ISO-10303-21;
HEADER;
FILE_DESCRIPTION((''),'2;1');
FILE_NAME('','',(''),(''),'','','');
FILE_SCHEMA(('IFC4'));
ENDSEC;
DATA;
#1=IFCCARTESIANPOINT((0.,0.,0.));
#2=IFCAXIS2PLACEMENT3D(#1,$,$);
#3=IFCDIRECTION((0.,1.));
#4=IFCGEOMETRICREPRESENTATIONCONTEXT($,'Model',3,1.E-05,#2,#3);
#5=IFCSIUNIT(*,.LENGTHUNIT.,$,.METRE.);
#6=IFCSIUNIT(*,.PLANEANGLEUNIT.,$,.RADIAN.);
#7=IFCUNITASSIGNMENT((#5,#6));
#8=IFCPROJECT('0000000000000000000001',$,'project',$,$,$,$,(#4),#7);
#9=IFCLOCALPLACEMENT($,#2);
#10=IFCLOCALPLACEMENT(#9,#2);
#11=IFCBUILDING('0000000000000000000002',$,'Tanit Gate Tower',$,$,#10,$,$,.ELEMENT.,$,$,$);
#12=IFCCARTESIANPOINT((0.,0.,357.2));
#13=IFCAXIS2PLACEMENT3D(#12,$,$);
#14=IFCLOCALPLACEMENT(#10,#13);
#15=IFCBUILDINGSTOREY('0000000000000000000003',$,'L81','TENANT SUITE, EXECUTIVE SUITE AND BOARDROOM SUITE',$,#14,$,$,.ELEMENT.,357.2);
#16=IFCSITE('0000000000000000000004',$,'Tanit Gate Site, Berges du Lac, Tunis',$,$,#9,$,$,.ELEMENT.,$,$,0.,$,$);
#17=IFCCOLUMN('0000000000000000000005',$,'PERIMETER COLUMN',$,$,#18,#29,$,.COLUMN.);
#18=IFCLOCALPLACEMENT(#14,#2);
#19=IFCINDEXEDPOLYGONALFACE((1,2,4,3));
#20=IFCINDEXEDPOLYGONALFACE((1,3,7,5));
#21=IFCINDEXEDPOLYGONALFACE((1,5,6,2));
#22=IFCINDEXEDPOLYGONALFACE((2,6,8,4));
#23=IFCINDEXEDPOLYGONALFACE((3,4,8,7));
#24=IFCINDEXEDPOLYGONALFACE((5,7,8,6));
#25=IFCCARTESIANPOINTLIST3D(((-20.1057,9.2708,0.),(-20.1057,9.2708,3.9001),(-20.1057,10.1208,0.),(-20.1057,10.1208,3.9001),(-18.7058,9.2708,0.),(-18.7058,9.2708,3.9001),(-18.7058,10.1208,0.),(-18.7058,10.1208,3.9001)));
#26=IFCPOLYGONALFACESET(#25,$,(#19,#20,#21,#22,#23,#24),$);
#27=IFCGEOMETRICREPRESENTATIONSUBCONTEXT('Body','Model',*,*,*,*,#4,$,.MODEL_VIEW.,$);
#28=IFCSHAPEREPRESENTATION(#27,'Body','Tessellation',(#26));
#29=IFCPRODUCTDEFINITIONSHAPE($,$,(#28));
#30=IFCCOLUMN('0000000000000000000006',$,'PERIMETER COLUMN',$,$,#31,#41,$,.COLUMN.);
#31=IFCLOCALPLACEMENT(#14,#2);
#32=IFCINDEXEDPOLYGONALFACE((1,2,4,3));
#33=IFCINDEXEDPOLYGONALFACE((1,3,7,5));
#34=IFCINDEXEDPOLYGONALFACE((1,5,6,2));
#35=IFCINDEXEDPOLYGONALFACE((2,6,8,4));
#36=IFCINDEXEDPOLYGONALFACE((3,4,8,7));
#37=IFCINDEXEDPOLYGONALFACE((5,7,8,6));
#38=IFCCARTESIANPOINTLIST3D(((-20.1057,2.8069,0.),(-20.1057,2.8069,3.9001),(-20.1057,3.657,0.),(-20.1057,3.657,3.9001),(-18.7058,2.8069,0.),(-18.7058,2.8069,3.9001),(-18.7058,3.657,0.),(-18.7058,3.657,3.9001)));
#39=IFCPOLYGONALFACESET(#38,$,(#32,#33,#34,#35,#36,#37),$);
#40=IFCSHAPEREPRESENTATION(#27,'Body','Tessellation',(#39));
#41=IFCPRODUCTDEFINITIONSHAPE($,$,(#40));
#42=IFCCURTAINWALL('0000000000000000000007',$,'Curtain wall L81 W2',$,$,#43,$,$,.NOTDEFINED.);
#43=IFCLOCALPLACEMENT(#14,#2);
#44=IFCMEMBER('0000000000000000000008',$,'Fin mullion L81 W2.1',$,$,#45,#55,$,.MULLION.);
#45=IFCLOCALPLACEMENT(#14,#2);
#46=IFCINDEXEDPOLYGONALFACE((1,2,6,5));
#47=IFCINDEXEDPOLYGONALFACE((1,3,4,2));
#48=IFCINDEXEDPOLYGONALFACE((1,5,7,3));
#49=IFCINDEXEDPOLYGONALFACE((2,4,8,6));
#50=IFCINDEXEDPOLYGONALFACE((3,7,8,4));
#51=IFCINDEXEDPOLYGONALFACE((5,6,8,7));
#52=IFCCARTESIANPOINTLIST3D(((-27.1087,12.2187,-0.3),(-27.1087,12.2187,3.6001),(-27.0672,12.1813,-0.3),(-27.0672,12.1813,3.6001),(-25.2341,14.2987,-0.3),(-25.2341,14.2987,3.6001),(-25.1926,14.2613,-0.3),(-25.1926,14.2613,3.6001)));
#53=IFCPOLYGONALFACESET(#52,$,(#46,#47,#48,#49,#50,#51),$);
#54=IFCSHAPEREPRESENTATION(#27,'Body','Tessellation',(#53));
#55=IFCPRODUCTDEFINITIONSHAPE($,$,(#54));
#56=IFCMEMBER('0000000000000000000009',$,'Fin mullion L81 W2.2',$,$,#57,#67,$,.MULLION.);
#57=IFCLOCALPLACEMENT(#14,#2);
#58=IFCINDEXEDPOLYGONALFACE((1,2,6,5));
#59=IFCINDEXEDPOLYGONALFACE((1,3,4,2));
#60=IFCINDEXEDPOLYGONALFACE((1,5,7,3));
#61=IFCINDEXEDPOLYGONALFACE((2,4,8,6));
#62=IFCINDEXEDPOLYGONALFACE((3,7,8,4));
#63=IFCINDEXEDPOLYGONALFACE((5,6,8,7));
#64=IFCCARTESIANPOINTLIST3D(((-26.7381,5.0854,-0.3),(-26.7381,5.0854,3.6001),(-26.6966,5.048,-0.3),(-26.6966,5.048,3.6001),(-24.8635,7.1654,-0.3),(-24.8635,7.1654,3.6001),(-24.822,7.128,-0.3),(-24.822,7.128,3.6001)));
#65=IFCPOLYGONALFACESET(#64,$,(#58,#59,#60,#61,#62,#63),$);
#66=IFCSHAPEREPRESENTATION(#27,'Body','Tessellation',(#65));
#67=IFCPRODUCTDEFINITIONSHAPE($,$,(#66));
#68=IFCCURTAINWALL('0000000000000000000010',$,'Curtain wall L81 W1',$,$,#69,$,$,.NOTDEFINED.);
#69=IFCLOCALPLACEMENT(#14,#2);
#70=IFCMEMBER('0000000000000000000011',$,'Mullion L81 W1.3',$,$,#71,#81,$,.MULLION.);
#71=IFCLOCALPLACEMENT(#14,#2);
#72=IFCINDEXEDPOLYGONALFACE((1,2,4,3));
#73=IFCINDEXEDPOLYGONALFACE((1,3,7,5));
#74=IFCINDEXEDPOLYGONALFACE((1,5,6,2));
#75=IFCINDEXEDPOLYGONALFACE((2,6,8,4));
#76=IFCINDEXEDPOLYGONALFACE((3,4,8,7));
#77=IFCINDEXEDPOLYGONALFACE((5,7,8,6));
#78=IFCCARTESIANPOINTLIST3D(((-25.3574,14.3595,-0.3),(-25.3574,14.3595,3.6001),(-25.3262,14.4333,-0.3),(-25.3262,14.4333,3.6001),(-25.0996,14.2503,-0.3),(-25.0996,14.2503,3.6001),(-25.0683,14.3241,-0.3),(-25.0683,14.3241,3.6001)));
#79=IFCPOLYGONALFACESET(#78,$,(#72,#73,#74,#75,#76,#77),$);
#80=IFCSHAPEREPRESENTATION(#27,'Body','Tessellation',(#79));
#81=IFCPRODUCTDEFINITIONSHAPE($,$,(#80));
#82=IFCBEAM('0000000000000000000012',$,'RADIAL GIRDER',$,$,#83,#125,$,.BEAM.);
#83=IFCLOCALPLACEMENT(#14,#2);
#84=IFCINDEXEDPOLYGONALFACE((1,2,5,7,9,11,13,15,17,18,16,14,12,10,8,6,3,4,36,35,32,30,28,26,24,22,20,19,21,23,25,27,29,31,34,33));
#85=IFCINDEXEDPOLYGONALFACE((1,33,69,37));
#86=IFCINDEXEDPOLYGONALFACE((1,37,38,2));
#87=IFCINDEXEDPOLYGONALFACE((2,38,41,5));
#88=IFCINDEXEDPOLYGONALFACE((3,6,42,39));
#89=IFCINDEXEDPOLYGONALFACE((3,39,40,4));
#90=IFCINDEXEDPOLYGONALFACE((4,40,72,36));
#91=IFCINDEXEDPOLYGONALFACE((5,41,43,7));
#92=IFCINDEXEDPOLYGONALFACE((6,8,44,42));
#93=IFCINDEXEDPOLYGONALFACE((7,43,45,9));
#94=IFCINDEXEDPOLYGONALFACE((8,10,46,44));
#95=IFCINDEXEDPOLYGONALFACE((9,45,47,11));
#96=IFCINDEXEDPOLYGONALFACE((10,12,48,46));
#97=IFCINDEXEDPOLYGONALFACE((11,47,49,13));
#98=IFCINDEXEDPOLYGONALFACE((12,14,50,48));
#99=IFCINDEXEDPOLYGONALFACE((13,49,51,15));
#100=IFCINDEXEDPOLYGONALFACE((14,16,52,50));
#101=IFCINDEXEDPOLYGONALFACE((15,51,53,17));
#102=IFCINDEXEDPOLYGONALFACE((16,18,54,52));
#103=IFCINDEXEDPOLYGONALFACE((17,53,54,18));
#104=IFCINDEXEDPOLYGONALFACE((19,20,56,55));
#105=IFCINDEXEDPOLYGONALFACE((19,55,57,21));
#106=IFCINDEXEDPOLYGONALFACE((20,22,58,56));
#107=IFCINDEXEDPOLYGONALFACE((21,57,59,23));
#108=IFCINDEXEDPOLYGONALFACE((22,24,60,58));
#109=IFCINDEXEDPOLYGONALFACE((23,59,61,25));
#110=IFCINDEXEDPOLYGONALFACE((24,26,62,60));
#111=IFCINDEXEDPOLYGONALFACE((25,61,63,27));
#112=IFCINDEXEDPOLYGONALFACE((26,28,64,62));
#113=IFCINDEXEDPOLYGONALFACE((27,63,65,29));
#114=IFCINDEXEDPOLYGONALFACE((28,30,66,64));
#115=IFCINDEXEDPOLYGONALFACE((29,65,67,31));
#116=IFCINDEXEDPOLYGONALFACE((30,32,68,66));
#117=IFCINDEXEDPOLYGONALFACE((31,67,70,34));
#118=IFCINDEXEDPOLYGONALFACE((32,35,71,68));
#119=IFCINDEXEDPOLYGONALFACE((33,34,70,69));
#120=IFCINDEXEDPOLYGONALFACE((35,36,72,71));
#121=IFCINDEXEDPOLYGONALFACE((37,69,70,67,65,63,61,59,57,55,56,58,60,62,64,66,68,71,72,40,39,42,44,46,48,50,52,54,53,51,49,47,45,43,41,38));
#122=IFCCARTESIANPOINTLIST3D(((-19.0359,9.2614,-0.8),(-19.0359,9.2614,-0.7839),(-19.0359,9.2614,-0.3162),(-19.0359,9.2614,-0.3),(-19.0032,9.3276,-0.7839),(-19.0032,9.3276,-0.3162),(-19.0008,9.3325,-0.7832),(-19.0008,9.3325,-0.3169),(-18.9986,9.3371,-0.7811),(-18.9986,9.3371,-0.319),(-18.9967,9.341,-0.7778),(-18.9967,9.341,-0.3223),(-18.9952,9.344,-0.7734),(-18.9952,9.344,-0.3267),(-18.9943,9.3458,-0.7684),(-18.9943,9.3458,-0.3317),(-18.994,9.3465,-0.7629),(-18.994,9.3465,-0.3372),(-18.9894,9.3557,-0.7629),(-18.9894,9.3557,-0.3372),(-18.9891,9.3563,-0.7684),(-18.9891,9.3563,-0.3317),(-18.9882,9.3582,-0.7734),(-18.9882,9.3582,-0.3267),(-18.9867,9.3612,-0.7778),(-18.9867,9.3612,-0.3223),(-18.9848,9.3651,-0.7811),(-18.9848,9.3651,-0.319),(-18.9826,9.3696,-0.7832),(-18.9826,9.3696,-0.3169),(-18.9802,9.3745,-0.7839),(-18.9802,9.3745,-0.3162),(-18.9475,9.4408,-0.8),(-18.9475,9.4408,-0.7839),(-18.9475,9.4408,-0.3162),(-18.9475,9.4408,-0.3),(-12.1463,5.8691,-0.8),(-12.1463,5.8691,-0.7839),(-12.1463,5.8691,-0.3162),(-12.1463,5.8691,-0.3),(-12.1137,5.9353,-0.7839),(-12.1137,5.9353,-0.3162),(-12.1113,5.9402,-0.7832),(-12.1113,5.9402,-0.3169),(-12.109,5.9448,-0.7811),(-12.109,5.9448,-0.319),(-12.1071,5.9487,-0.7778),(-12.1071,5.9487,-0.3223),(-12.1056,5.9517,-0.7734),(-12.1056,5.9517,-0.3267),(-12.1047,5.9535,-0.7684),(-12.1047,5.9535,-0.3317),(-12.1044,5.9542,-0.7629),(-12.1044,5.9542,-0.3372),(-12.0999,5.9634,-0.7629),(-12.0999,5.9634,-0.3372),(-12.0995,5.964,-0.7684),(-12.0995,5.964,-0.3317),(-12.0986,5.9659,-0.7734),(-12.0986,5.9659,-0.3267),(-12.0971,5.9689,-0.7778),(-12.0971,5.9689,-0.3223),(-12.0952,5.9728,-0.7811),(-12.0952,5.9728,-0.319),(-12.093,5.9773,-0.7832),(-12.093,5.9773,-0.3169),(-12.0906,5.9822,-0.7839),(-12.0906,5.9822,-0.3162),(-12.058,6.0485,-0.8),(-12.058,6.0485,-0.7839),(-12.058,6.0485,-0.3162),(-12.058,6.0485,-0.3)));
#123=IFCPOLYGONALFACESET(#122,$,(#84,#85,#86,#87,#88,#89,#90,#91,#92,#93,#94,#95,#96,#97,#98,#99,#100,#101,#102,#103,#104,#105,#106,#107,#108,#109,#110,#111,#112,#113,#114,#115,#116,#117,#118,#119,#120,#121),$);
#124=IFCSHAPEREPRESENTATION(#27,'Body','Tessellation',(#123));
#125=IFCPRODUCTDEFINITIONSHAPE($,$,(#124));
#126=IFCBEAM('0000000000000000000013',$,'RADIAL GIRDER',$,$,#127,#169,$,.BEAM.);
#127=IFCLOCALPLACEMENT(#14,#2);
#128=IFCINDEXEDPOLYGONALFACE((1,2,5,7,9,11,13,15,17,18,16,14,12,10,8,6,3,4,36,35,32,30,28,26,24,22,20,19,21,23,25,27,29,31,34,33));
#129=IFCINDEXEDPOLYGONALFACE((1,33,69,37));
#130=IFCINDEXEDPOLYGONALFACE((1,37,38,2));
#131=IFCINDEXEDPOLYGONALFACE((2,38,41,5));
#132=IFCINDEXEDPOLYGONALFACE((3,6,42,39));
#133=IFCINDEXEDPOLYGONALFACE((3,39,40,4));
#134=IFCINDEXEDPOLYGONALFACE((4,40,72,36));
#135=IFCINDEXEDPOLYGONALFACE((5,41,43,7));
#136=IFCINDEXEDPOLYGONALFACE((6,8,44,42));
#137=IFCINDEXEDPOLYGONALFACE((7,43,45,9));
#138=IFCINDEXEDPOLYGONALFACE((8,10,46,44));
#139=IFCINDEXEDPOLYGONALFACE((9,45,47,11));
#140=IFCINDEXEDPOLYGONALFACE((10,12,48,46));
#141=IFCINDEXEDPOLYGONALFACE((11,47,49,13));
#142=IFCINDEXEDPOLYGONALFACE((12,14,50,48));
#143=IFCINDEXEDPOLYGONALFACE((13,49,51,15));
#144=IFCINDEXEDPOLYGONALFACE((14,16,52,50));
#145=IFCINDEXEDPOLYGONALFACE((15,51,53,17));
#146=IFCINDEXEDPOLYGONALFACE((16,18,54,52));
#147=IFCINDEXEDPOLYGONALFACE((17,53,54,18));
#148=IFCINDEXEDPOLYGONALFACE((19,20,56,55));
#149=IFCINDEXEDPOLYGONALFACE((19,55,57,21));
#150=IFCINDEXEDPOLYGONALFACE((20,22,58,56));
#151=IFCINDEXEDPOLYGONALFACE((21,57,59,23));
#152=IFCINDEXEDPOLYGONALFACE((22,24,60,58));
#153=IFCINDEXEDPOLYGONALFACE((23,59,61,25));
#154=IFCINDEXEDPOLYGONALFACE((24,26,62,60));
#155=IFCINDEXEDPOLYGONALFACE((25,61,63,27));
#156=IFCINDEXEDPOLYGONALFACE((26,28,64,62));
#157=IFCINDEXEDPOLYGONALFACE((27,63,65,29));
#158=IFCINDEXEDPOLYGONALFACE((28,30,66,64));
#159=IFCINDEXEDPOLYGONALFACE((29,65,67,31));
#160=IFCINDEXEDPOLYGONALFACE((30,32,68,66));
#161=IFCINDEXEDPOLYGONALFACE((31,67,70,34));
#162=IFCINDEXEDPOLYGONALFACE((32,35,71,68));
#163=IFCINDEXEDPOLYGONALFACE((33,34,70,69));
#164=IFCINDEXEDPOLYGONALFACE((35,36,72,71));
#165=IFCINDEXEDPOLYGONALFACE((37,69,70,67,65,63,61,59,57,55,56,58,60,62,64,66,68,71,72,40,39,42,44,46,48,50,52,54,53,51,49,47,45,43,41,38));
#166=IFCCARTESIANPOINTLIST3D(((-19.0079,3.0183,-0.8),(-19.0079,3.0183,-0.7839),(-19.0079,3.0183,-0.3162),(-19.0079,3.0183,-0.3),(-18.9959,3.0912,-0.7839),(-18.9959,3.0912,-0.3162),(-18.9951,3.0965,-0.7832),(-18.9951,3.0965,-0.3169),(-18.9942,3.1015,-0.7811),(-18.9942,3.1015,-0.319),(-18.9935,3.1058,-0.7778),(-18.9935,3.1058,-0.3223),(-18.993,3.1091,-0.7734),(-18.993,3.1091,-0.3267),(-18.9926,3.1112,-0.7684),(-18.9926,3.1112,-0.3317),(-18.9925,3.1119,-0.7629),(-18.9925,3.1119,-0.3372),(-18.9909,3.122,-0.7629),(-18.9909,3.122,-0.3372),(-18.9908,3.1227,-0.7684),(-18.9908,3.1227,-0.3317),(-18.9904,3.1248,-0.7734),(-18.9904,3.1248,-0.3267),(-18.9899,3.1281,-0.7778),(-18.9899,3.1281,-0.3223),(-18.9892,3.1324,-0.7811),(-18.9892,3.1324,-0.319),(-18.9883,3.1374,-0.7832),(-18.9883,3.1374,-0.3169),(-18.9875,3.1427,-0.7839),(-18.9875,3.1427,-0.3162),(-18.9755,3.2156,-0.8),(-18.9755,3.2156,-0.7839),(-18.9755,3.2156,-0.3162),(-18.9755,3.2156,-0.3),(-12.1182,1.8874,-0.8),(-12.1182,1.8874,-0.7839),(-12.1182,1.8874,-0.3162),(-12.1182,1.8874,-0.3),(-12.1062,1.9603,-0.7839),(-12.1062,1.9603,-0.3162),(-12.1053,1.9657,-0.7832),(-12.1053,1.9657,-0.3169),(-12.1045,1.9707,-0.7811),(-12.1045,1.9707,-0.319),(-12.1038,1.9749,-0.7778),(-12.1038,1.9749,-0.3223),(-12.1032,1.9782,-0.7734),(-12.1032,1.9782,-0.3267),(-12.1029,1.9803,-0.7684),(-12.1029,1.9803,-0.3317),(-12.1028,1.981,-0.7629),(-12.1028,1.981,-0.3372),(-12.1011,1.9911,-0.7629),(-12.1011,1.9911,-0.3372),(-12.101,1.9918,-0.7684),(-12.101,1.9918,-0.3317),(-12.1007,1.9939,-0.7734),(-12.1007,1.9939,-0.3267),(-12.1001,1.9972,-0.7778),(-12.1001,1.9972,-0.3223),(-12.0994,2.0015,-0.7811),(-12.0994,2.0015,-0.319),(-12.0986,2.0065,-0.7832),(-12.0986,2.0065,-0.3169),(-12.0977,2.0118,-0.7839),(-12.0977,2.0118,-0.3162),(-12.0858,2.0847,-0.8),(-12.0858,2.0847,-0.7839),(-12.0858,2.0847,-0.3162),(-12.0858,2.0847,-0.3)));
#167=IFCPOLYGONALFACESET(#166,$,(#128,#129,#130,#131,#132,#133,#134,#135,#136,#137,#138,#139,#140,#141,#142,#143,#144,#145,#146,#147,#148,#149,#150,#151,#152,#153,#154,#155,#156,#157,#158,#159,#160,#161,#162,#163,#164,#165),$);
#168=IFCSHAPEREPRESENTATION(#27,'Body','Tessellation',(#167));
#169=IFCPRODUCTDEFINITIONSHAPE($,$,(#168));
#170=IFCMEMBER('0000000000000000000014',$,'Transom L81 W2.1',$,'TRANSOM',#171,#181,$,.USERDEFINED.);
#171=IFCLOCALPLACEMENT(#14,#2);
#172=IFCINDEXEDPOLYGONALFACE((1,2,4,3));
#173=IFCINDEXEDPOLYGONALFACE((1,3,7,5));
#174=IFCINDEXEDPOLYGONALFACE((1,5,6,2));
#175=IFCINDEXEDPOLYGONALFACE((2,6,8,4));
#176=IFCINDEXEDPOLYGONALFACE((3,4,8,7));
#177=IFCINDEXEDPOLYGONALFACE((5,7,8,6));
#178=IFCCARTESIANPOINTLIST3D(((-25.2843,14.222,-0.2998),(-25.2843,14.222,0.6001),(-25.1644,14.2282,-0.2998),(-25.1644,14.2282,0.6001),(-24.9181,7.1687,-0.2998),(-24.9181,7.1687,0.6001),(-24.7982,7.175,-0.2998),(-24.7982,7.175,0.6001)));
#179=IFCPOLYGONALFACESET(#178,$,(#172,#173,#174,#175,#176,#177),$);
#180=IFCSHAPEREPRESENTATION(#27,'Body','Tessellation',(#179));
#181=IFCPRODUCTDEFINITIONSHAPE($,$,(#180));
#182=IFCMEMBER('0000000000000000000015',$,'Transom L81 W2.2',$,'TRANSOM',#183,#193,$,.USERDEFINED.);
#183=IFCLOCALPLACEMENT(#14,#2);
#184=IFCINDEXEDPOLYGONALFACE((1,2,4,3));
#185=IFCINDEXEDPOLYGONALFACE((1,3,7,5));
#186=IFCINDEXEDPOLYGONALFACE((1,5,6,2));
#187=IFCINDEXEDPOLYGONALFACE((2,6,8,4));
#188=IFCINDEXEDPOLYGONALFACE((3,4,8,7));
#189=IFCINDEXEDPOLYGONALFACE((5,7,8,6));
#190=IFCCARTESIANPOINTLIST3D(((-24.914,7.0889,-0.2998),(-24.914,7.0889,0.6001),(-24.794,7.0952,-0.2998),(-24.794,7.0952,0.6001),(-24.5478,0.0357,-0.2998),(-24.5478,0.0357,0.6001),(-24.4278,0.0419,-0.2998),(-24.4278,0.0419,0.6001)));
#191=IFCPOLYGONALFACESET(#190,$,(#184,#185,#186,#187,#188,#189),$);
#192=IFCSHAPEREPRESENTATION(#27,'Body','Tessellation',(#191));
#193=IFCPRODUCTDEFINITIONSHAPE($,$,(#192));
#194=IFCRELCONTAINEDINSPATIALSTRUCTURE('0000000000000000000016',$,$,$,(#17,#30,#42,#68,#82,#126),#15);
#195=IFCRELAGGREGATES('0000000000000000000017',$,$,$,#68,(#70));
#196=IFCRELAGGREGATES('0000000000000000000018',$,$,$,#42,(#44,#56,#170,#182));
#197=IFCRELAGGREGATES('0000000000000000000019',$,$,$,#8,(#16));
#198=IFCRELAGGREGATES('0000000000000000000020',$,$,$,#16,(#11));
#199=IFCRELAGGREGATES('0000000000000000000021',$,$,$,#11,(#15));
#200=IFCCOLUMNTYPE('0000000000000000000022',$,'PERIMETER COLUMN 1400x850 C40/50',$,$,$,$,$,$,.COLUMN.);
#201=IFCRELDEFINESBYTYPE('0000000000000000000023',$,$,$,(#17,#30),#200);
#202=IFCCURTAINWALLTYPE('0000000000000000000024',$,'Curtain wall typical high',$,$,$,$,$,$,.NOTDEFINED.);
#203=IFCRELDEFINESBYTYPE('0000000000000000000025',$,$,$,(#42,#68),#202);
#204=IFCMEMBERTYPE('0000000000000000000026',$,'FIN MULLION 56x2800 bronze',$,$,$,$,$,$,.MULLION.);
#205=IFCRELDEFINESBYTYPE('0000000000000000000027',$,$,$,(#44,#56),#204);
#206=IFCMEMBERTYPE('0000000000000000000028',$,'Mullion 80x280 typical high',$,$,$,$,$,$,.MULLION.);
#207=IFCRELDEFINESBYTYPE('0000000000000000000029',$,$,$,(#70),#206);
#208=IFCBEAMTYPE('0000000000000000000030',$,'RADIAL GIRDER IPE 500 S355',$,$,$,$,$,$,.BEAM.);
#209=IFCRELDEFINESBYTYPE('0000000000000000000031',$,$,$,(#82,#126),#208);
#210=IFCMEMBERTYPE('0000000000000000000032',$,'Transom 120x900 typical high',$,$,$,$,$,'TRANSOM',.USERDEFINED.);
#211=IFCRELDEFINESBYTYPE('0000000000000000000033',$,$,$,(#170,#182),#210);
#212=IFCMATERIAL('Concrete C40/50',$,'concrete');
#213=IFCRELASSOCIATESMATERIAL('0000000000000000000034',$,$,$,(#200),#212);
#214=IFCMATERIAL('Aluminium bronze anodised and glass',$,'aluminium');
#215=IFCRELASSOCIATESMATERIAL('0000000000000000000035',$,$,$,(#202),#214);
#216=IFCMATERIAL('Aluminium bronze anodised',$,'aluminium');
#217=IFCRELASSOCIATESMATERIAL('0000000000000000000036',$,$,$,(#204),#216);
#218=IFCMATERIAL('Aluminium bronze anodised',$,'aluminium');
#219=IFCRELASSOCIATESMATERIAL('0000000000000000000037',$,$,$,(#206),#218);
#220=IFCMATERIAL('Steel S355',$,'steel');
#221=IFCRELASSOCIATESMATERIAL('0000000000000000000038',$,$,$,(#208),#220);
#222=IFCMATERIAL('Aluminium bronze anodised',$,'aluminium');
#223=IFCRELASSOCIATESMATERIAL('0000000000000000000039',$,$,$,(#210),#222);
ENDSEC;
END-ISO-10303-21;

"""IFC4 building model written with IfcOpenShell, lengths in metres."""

from ifc_helpers import new_model, si_unit, direction, frame, origin, origin_2d, place, context, subcontext, project, spatial, rectangle, i_section, extrude, material, material_profile, profile_set, type_object, element, aggregate, save


model = new_model("IFC4")

# Units and contexts
model_context = context("Model", 3, precision=1e-05, world=origin(), true_north=direction((0.0, 1.0)))
body_context = subcontext(model_context, "Body", "Model", "MODEL_VIEW")
ifc_project = project(units=[si_unit("LENGTHUNIT", "METRE"), si_unit("PLANEANGLEUNIT", "RADIAN")], contexts=[model_context])

# Site, building, storey
site_placement = place(None, origin())
site = spatial("IfcSite", under=ifc_project, at=site_placement, Name="Tanit Gate Site, Berges du Lac, Tunis", CompositionType="ELEMENT", RefElevation=0.0)
building_placement = place(site_placement, origin())
building = spatial("IfcBuilding", under=site, at=building_placement, Name="Tanit Gate Tower", CompositionType="ELEMENT")
storey_placement = place(building_placement, frame((0.0, 0.0, 357.2)))
storey = spatial("IfcBuildingStorey", under=building, at=storey_placement, Name="L81", Description="TENANT SUITE, EXECUTIVE SUITE AND BOARDROOM SUITE", CompositionType="ELEMENT", Elevation=357.2)

# Columns
ifc_material_1 = material(Name="Concrete C40/50", Category="concrete")
ifc_material_profile_1 = material_profile(ifc_material_1, rectangle(XDim=1.3999, YDim=0.8501, at=origin_2d()), Name="RC 1400x850")
ifc_profile_set_1 = profile_set([ifc_material_profile_1], Name="Concrete C40/50")
column_type = type_object("IfcColumnType", Name="PERIMETER COLUMN 1400x850 C40/50", PredefinedType="COLUMN", material=ifc_profile_set_1)
for number, where, z_axis, x_axis, name in (
    (1, (-19.4058, 9.6958, 0.0), (0.0, 0.0, 1.0), (-1.0, 0.0, 0.0), "PERIMETER COLUMN"),
    (2, (-19.4058, 3.2319, 0.0), (0.0, 0.0, 1.0), (-1.0, 0.0, 0.0), "PERIMETER COLUMN"),
):
    element("IfcColumn", number, at=place(storey_placement, frame(where, z_axis=z_axis, x_axis=x_axis)), inside=storey, type_object=column_type, Name=name, PredefinedType="COLUMN", context=body_context, shape_type="SweptSolid", body=[
        extrude(rectangle(XDim=1.3999, YDim=0.8501, at=origin_2d()), origin(), (0.0, 0.0, 1.0), 3.9001),
    ])

# Curtain wall, members
ifc_material_2 = material(Name="Aluminium bronze anodised and glass", Category="aluminium")
curtain_wall_type = type_object("IfcCurtainWallType", Name="Curtain wall typical high", PredefinedType="NOTDEFINED", material=ifc_material_2)
curtain_wall_1_placement = place(storey_placement, origin())
curtain_wall_1 = element("IfcCurtainWall", 3, at=curtain_wall_1_placement, inside=storey, type_object=curtain_wall_type, Name="Curtain wall L81 W2", PredefinedType="NOTDEFINED")
ifc_material_3 = material(Name="Aluminium bronze anodised", Category="aluminium")
ifc_material_profile_2 = material_profile(ifc_material_3, rectangle(XDim=2.8, YDim=0.0559, at=origin_2d()), Name="56x2800 bronze fin mullion")
ifc_profile_set_2 = profile_set([ifc_material_profile_2], Name="Aluminium bronze anodised")
member_type_1 = type_object("IfcMemberType", Name="FIN MULLION 56x2800 bronze", PredefinedType="MULLION", material=ifc_profile_set_2)
member_1_placement = place(storey_placement, frame((-26.1506, 13.24, -0.3), z_axis=(0.0, 0.0, 1.0), x_axis=(0.669481, 0.742829, 0.0)))
member_1 = element("IfcMember", 4, at=member_1_placement, type_object=member_type_1, Name="Fin mullion L81 W2.1", PredefinedType="MULLION", context=body_context, shape_type="SweptSolid", body=[
    extrude(rectangle(XDim=2.8, YDim=0.0559, at=origin_2d()), origin(), (0.0, 0.0, 1.0), 3.9001),
])
member_2_placement = place(storey_placement, frame((-25.78, 6.1067, -0.3), z_axis=(0.0, 0.0, 1.0), x_axis=(0.669481, 0.742829, 0.0)))
member_2 = element("IfcMember", 5, at=member_2_placement, type_object=member_type_1, Name="Fin mullion L81 W2.2", PredefinedType="MULLION", context=body_context, shape_type="SweptSolid", body=[
    extrude(rectangle(XDim=2.8, YDim=0.0559, at=origin_2d()), origin(), (0.0, 0.0, 1.0), 3.9001),
])

# Curtain wall, member
curtain_wall_2_placement = place(storey_placement, origin())
curtain_wall_2 = element("IfcCurtainWall", 6, at=curtain_wall_2_placement, inside=storey, type_object=curtain_wall_type, Name="Curtain wall L81 W1", PredefinedType="NOTDEFINED")
ifc_material_4 = material(Name="Aluminium bronze anodised", Category="aluminium")
ifc_material_profile_3 = material_profile(ifc_material_4, rectangle(XDim=0.28, YDim=0.0801, at=origin_2d()), Name="80x280 bronze mullion")
ifc_profile_set_3 = profile_set([ifc_material_profile_3], Name="Aluminium bronze anodised")
member_type_2 = type_object("IfcMemberType", Name="Mullion 80x280 typical high", PredefinedType="MULLION", material=ifc_profile_set_3)
member_3_placement = place(storey_placement, frame((-25.2129, 14.3418, -0.3), z_axis=(0.0, 0.0, 1.0), x_axis=(0.920855, -0.389906, 0.0)))
member_3 = element("IfcMember", 7, at=member_3_placement, type_object=member_type_2, Name="Mullion L81 W1.3", PredefinedType="MULLION", context=body_context, shape_type="SweptSolid", body=[
    extrude(rectangle(XDim=0.28, YDim=0.0801, at=origin_2d()), origin(), (0.0, 0.0, 1.0), 3.9001),
])
aggregate(curtain_wall_2, [member_3])

# Beams
ifc_material_5 = material(Name="Steel S355", Category="steel")
ifc_material_profile_4 = material_profile(ifc_material_5, i_section(OverallWidth=0.2, OverallDepth=0.5, WebThickness=0.0103, FlangeThickness=0.0161, FilletRadius=0.021, at=origin_2d()), Name="IPE 500")
ifc_profile_set_4 = profile_set([ifc_material_profile_4], Name="Steel S355")
beam_type = type_object("IfcBeamType", Name="RADIAL GIRDER IPE 500 S355", PredefinedType="BEAM", material=ifc_profile_set_4)
beam_1_placement = place(storey_placement, frame((-18.9917, 9.3511, -0.55), z_axis=(0.897145, -0.441737, 0.0), x_axis=(0.441737, 0.897145, 0.0)))
element("IfcBeam", 8, at=beam_1_placement, inside=storey, type_object=beam_type, Name="RADIAL GIRDER", PredefinedType="BEAM", context=body_context, shape_type="SweptSolid", body=[
    extrude(i_section(OverallWidth=0.2, OverallDepth=0.5, WebThickness=0.0103, FlangeThickness=0.0161, FilletRadius=0.021, at=origin_2d()), origin(), (0.0, 0.0, 1.0), 7.6794),
])
beam_2_placement = place(storey_placement, frame((-18.9917, 3.1169, -0.55), z_axis=(0.986795, -0.161972, 0.0), x_axis=(0.161972, 0.986795, 0.0)))
element("IfcBeam", 9, at=beam_2_placement, inside=storey, type_object=beam_type, Name="RADIAL GIRDER", PredefinedType="BEAM", context=body_context, shape_type="SweptSolid", body=[
    extrude(i_section(OverallWidth=0.2, OverallDepth=0.5, WebThickness=0.0103, FlangeThickness=0.0161, FilletRadius=0.021, at=origin_2d()), origin(), (0.0, 0.0, 1.0), 6.9819),
])

# Members
ifc_material_6 = material(Name="Aluminium bronze anodised", Category="aluminium")
ifc_material_profile_5 = material_profile(ifc_material_6, rectangle(XDim=0.1201, YDim=0.8999, at=origin_2d()), Name="120x900 bronze transom")
ifc_profile_set_5 = profile_set([ifc_material_profile_5], Name="Aluminium bronze anodised")
member_type_3 = type_object("IfcMemberType", Name="Transom 120x900 typical high", ElementType="TRANSOM", PredefinedType="USERDEFINED", material=ifc_profile_set_5)
member_4_placement = place(storey_placement, frame((-25.2244, 14.2251, 0.1501), z_axis=(0.051851, -0.998655, 0.0), x_axis=(0.998655, 0.051851, 0.0)))
member_4 = element("IfcMember", 10, at=member_4_placement, type_object=member_type_3, Name="Transom L81 W2.1", ObjectType="TRANSOM", PredefinedType="USERDEFINED", context=body_context, shape_type="SweptSolid", body=[
    extrude(rectangle(XDim=0.1201, YDim=0.8999, at=origin_2d()), origin(), (0.0, 0.0, 1.0), 7.0627),
])
member_5_placement = place(storey_placement, frame((-24.854, 7.092, 0.1501), z_axis=(0.051851, -0.998655, 0.0), x_axis=(0.998655, 0.051851, 0.0)))
member_5 = element("IfcMember", 11, at=member_5_placement, type_object=member_type_3, Name="Transom L81 W2.2", ObjectType="TRANSOM", PredefinedType="USERDEFINED", context=body_context, shape_type="SweptSolid", body=[
    extrude(rectangle(XDim=0.1201, YDim=0.8999, at=origin_2d()), origin(), (0.0, 0.0, 1.0), 7.0627),
])

aggregate(curtain_wall_1, [member_1, member_2, member_4, member_5])

save(model, "model.ifc")
